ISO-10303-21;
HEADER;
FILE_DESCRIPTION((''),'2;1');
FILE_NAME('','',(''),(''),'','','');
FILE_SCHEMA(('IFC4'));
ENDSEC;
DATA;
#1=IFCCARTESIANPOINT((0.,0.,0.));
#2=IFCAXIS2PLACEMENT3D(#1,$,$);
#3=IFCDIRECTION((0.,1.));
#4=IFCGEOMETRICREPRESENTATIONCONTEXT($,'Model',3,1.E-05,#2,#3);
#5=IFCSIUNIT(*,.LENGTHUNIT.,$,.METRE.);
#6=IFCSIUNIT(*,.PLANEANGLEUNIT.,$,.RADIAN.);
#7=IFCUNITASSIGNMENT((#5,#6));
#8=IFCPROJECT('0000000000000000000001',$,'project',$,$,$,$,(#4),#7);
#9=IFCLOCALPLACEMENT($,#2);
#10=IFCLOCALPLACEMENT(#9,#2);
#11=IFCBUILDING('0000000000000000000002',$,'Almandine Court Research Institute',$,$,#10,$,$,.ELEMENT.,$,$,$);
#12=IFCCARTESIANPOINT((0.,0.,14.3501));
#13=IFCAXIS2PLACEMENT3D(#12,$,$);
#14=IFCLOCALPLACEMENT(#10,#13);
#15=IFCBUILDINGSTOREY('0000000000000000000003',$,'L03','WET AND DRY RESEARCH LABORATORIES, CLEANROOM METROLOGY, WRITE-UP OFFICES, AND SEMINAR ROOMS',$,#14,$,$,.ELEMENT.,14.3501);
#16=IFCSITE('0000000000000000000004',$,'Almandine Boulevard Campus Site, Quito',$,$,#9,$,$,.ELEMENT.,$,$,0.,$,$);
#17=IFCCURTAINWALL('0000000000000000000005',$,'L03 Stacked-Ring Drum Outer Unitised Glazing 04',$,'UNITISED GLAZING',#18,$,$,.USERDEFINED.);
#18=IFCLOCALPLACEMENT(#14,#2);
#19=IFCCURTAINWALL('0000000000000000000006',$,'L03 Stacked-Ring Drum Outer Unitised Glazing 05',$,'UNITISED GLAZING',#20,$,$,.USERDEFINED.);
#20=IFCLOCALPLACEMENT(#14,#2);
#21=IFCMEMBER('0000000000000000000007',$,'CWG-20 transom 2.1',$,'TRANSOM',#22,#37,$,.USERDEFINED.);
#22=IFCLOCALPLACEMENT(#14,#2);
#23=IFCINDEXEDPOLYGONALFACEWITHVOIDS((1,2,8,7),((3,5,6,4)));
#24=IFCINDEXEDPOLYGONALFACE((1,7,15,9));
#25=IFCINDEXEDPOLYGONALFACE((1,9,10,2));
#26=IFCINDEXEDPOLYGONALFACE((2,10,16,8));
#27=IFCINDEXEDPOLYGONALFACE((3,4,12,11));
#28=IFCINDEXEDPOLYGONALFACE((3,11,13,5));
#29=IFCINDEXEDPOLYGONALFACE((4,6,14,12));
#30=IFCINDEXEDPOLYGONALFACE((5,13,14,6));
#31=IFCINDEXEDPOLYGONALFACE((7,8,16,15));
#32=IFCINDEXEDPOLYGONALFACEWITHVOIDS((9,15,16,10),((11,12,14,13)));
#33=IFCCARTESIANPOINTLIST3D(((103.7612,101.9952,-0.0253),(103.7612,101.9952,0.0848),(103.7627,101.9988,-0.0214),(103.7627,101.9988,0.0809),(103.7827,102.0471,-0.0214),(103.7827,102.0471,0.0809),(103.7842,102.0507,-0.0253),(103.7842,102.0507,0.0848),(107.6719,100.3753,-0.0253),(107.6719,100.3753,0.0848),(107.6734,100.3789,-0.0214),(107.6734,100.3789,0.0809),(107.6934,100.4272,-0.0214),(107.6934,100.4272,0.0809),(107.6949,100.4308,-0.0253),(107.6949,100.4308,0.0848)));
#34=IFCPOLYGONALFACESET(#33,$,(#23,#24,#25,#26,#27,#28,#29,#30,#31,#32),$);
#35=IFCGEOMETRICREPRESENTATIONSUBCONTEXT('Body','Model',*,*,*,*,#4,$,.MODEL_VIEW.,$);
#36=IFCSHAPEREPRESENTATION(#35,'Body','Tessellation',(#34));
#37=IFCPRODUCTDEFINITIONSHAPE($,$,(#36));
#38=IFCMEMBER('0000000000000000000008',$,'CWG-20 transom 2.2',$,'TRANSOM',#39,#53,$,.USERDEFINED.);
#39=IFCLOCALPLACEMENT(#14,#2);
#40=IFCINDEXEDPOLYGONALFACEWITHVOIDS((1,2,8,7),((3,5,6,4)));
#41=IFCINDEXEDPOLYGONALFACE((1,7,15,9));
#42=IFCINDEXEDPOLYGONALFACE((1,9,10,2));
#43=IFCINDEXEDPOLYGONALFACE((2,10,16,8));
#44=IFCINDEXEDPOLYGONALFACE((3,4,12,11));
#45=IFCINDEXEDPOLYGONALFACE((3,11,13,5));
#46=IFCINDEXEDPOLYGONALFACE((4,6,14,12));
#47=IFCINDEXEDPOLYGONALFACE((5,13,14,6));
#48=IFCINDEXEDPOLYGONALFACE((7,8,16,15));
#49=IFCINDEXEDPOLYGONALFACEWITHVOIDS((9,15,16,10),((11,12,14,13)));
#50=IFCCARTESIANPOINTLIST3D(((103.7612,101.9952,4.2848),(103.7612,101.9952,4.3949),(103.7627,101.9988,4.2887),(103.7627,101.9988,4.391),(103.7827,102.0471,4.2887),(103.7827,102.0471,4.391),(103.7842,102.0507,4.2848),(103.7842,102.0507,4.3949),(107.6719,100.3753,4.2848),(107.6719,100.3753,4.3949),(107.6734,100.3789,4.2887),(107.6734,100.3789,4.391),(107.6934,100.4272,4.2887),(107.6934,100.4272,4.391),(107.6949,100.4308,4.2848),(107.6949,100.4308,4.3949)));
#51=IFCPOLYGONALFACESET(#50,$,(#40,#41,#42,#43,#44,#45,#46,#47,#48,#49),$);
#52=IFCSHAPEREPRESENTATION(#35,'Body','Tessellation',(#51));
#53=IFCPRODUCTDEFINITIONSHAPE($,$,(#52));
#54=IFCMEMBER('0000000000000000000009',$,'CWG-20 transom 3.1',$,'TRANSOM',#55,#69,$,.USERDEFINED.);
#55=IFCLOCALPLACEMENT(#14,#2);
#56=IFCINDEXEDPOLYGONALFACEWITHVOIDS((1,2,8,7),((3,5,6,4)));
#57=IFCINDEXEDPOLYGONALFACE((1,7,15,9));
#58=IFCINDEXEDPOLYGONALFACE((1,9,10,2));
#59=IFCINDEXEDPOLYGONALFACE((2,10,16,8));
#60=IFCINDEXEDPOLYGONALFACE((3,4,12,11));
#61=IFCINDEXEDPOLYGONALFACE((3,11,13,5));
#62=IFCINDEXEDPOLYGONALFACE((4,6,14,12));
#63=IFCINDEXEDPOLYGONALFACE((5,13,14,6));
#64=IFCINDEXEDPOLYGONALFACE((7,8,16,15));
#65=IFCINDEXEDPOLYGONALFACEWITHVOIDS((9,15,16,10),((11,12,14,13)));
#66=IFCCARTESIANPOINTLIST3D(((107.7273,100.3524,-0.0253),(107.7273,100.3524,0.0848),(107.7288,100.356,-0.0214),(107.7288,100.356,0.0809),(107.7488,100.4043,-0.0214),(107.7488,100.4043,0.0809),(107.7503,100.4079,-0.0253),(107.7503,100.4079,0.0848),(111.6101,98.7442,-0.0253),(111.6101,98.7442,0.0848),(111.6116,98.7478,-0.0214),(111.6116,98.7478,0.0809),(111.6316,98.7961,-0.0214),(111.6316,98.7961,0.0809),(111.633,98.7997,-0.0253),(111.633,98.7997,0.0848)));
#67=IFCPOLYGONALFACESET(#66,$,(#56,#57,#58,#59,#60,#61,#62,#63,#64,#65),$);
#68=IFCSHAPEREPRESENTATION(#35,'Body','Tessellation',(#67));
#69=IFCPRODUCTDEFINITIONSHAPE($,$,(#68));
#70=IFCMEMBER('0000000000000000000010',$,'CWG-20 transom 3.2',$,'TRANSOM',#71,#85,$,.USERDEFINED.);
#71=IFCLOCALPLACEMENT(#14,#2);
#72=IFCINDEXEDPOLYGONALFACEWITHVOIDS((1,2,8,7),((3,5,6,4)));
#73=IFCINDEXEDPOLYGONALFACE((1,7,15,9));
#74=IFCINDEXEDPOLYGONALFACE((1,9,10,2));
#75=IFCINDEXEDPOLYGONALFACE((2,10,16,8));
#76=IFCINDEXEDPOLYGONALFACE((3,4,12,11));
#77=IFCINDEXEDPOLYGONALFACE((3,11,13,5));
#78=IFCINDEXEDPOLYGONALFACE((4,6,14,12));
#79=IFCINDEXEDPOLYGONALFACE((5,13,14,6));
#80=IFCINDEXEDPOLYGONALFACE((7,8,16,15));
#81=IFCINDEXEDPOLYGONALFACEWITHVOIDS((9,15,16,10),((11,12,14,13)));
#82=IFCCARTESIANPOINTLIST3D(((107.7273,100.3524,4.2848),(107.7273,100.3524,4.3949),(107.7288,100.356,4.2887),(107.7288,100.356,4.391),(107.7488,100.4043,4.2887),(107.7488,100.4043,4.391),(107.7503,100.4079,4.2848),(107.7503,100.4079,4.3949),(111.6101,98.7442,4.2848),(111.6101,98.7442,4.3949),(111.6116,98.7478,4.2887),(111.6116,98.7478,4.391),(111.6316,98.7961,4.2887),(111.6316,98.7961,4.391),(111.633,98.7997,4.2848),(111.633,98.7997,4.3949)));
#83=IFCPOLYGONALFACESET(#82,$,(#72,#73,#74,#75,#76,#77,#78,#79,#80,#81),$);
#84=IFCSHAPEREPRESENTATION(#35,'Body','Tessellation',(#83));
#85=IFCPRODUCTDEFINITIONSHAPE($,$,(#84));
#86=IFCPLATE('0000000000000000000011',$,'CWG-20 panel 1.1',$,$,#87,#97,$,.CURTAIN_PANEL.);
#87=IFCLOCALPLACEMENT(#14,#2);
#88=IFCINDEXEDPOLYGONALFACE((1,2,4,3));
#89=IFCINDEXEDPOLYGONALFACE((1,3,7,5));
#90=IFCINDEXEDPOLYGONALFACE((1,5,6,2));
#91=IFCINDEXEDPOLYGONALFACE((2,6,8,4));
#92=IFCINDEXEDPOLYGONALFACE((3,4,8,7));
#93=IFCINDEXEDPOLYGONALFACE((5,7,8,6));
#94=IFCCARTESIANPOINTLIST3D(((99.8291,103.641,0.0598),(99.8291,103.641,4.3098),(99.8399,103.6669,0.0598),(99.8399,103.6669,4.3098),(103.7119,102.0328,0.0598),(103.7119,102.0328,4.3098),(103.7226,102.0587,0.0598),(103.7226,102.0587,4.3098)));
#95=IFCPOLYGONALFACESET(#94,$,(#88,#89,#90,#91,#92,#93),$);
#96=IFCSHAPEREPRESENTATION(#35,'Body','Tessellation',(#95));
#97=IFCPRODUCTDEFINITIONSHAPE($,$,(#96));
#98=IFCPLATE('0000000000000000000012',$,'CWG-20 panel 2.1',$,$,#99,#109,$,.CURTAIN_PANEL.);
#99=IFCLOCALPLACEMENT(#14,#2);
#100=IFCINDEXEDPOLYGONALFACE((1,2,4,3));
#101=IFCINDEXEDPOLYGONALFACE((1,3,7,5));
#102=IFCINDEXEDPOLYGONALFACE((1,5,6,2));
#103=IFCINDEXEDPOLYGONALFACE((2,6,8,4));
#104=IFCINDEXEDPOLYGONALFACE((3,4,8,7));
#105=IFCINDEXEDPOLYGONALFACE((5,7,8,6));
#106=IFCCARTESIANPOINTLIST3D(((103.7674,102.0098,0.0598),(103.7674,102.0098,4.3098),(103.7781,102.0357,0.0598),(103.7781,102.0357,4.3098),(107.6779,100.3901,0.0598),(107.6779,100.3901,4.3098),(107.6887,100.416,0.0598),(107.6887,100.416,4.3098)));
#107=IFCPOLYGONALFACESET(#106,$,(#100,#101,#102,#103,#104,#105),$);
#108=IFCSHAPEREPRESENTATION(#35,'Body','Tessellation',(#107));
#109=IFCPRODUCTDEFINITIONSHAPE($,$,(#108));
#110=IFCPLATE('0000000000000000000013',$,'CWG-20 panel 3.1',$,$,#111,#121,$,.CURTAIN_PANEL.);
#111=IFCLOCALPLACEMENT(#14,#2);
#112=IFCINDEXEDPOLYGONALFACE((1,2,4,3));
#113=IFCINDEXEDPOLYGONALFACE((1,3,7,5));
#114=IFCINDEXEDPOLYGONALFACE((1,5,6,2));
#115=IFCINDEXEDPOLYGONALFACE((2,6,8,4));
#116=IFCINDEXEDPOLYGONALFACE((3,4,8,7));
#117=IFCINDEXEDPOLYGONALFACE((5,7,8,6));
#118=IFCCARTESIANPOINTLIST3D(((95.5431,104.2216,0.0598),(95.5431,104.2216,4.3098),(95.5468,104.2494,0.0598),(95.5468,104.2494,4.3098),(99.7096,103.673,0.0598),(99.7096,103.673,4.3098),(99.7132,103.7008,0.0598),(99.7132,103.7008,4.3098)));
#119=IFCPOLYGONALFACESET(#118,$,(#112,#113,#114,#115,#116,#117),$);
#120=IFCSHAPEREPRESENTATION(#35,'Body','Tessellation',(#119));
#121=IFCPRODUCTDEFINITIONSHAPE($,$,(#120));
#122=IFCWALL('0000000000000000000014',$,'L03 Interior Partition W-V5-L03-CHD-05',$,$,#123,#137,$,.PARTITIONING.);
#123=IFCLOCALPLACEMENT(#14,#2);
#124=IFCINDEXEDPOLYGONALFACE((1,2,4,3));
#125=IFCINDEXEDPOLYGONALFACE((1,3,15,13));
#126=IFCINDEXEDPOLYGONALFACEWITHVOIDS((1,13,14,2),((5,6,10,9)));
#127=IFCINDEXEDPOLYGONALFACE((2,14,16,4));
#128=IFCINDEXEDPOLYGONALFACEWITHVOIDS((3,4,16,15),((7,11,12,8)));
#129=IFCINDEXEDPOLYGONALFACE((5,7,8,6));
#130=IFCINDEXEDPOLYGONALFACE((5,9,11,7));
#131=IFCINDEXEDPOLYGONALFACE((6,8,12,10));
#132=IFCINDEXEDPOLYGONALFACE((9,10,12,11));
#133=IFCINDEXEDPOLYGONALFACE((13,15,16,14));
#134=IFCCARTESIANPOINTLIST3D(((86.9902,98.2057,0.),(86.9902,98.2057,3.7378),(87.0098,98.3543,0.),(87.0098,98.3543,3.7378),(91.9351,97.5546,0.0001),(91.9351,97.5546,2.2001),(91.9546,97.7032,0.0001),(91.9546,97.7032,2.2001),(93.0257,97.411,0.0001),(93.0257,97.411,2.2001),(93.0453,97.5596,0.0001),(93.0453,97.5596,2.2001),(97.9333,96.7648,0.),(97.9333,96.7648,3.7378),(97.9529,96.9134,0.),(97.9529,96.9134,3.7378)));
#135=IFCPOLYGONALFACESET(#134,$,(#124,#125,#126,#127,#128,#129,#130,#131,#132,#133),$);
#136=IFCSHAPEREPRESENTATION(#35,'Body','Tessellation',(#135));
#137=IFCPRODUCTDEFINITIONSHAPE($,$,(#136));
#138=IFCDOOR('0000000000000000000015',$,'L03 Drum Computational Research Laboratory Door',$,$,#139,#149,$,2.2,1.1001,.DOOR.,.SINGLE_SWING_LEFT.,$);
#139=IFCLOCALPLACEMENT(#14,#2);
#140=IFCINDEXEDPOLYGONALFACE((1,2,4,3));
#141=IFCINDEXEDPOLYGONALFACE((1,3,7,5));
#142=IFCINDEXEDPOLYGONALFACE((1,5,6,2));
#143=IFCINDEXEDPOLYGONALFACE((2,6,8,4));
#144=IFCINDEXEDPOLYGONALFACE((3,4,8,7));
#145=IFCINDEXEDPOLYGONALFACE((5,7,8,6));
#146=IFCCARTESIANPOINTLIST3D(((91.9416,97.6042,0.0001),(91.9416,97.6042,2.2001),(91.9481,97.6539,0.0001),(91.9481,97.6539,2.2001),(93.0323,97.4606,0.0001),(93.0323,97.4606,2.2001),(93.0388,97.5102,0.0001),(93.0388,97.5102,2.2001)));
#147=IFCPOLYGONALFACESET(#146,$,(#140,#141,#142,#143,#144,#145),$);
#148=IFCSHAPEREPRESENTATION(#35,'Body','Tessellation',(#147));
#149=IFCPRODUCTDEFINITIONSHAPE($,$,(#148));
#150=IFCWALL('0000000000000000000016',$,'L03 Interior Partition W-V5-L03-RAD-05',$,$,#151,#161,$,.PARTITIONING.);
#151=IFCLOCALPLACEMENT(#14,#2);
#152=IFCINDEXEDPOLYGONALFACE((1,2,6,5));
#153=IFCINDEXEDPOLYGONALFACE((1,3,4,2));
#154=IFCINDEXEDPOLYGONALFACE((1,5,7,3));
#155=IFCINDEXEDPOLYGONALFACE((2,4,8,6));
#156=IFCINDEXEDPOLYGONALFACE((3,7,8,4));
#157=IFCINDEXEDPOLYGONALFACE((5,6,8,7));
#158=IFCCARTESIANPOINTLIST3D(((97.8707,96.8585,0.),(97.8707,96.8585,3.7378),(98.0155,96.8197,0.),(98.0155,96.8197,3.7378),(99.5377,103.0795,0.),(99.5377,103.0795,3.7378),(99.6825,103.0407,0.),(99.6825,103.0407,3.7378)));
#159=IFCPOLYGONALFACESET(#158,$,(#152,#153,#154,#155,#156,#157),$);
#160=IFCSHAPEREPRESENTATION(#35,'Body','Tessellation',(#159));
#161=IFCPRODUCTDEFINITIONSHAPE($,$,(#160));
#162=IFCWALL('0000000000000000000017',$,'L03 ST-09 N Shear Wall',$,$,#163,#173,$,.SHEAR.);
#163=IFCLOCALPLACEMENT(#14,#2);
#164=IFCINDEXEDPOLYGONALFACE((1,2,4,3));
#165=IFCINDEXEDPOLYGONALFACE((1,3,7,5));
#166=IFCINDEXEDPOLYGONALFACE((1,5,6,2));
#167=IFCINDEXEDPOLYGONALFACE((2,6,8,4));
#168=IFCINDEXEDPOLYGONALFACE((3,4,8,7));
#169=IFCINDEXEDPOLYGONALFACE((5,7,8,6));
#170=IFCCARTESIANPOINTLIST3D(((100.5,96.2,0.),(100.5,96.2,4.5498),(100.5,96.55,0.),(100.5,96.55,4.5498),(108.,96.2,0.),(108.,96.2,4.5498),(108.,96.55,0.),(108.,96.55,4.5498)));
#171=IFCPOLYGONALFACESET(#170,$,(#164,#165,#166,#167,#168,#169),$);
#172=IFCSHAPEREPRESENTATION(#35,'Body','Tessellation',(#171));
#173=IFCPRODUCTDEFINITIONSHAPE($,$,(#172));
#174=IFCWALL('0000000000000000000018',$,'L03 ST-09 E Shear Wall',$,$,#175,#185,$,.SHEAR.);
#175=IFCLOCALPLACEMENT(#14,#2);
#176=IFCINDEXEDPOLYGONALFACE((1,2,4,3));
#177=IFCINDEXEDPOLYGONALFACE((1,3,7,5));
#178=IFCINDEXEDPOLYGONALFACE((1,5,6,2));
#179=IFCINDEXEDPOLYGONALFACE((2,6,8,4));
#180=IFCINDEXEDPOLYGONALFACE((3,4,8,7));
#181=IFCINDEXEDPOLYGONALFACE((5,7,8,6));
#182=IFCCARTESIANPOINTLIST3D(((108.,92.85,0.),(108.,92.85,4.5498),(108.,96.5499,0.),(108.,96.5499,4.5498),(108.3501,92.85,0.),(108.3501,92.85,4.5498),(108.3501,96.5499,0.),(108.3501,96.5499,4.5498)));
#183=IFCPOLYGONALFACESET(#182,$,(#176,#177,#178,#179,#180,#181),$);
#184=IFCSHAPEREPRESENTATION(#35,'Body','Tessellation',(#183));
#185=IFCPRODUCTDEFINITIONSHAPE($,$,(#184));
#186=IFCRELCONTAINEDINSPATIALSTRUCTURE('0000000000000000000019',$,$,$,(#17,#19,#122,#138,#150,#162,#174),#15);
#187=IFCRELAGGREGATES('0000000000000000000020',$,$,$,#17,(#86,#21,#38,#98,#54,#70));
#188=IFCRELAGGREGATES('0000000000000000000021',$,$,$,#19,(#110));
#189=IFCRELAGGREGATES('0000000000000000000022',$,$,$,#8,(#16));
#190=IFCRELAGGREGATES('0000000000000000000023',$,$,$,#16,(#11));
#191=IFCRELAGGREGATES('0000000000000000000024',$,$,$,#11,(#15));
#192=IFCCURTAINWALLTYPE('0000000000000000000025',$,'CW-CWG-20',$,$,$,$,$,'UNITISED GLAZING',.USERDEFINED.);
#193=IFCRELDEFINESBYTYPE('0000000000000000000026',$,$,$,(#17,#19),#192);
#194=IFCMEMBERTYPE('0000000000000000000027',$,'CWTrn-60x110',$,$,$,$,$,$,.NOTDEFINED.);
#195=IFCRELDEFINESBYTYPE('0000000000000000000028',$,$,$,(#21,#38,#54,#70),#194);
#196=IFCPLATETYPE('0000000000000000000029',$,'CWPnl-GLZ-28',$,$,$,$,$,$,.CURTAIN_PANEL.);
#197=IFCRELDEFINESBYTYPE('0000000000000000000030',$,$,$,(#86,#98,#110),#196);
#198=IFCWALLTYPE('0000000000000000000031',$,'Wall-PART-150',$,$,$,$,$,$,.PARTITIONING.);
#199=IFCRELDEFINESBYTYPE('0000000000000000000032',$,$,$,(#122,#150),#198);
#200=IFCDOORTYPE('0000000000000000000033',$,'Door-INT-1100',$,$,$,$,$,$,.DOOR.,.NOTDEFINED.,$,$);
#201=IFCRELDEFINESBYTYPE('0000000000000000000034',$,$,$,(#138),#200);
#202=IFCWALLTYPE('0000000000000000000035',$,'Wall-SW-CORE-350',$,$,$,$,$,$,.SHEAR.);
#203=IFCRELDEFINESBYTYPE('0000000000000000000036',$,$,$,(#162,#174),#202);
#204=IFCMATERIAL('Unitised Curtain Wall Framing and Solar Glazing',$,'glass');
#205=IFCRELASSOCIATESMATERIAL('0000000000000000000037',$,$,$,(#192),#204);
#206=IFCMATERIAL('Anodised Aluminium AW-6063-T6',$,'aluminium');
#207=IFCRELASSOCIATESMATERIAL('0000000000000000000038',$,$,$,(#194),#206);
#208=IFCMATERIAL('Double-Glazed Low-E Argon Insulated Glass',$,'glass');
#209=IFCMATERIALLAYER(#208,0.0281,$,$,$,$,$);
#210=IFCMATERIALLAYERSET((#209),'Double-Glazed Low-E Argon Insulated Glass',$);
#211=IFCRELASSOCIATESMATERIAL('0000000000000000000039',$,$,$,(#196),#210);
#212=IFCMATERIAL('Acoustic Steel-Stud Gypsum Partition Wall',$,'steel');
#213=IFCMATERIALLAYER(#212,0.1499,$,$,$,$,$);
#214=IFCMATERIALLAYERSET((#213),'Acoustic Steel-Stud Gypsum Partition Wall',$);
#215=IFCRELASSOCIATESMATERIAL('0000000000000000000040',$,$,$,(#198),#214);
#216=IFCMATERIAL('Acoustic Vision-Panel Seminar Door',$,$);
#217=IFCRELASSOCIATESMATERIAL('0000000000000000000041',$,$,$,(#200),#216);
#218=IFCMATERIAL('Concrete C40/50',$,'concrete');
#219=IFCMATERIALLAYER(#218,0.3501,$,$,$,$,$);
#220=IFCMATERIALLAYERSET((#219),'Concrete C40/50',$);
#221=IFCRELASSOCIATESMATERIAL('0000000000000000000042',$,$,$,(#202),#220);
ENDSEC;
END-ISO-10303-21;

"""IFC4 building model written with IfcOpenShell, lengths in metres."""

from ifc_helpers import new_model, si_unit, direction, frame, frame_2d, origin, origin_2d, place, context, subcontext, project, spatial, rectangle, hollow_rectangle, extrude, material, layer, layer_set, material_profile, profile_set, type_object, element, fill, aggregate, save


model = new_model("IFC4")

# Units and contexts
model_context = context("Model", 3, precision=1e-05, world=origin(), true_north=direction((0.0, 1.0)))
body_context = subcontext(model_context, "Body", "Model", "MODEL_VIEW")
ifc_project = project(units=[si_unit("LENGTHUNIT", "METRE"), si_unit("PLANEANGLEUNIT", "RADIAN")], contexts=[model_context])

# Site, building, storey
site_placement = place(None, origin())
site = spatial("IfcSite", under=ifc_project, at=site_placement, Name="Almandine Boulevard Campus Site, Quito", CompositionType="ELEMENT", RefElevation=0.0)
building_placement = place(site_placement, origin())
building = spatial("IfcBuilding", under=site, at=building_placement, Name="Almandine Court Research Institute", CompositionType="ELEMENT")
storey_placement = place(building_placement, frame((0.0, 0.0, 14.3501)))
storey = spatial("IfcBuildingStorey", under=building, at=storey_placement, Name="L03", Description="WET AND DRY RESEARCH LABORATORIES, CLEANROOM METROLOGY, WRITE-UP OFFICES, AND SEMINAR ROOMS", CompositionType="ELEMENT", Elevation=14.3501)

# Curtain wall
ifc_material_1 = material(Name="Unitised Curtain Wall Framing and Solar Glazing", Category="glass")
curtain_wall_type = type_object("IfcCurtainWallType", Name="CW-CWG-20", ElementType="UNITISED GLAZING", PredefinedType="USERDEFINED", material=ifc_material_1)
curtain_wall_1_placement = place(storey_placement, origin())
curtain_wall_1 = element("IfcCurtainWall", 1, at=curtain_wall_1_placement, inside=storey, type_object=curtain_wall_type, Name="L03 Stacked-Ring Drum Outer Unitised Glazing 04", ObjectType="UNITISED GLAZING", PredefinedType="USERDEFINED")
ifc_material_2 = material(Name="Anodised Aluminium AW-6063-T6", Category="aluminium")

# Curtain wall
curtain_wall_2_placement = place(storey_placement, origin())
curtain_wall_2 = element("IfcCurtainWall", 2, at=curtain_wall_2_placement, inside=storey, type_object=curtain_wall_type, Name="L03 Stacked-Ring Drum Outer Unitised Glazing 05", ObjectType="UNITISED GLAZING", PredefinedType="USERDEFINED")

# Members
ifc_material_profile_1 = material_profile(ifc_material_2, hollow_rectangle(XDim=0.0601, YDim=0.1101, WallThickness=0.0039, at=origin_2d()), Name="ALU RHS 60x110x4")
ifc_profile_set_1 = profile_set([ifc_material_profile_1], Name="Anodised Aluminium AW-6063-T6")
member_type_1 = type_object("IfcMemberType", Name="CWTrn-60x110", PredefinedType="NOTDEFINED", material=ifc_profile_set_1)
member_1_placement = place(storey_placement, frame((103.7727, 102.0229, 0.0298), z_axis=(0.923877, -0.38269, 0.0), x_axis=(0.38269, 0.923877, 0.0)))
member_1 = element("IfcMember", 3, at=member_1_placement, type_object=member_type_1, Name="CWG-20 transom 2.1", ObjectType="TRANSOM", PredefinedType="USERDEFINED", context=body_context, shape_type="SweptSolid", body=[
    extrude(hollow_rectangle(XDim=0.0601, YDim=0.1101, WallThickness=0.0039, at=origin_2d()), origin(), (0.0, 0.0, 1.0), 4.2329),
])
member_2_placement = place(storey_placement, frame((103.7727, 102.0229, 4.3398), z_axis=(0.923877, -0.38269, 0.0), x_axis=(0.38269, 0.923877, 0.0)))
member_2 = element("IfcMember", 4, at=member_2_placement, type_object=member_type_1, Name="CWG-20 transom 2.2", ObjectType="TRANSOM", PredefinedType="USERDEFINED", context=body_context, shape_type="SweptSolid", body=[
    extrude(hollow_rectangle(XDim=0.0601, YDim=0.1101, WallThickness=0.0039, at=origin_2d()), origin(), (0.0, 0.0, 1.0), 4.2329),
])
member_3_placement = place(storey_placement, frame((107.7388, 100.3801, 0.0298), z_axis=(0.923893, -0.382651, 0.0), x_axis=(0.382651, 0.923893, 0.0)))
member_3 = element("IfcMember", 5, at=member_3_placement, type_object=member_type_1, Name="CWG-20 transom 3.1", ObjectType="TRANSOM", PredefinedType="USERDEFINED", context=body_context, shape_type="SweptSolid", body=[
    extrude(hollow_rectangle(XDim=0.0601, YDim=0.1101, WallThickness=0.0039, at=origin_2d()), origin(), (0.0, 0.0, 1.0), 4.2026),
])
member_4_placement = place(storey_placement, frame((107.7388, 100.3801, 4.3398), z_axis=(0.923893, -0.382651, 0.0), x_axis=(0.382651, 0.923893, 0.0)))
member_4 = element("IfcMember", 6, at=member_4_placement, type_object=member_type_1, Name="CWG-20 transom 3.2", ObjectType="TRANSOM", PredefinedType="USERDEFINED", context=body_context, shape_type="SweptSolid", body=[
    extrude(hollow_rectangle(XDim=0.0601, YDim=0.1101, WallThickness=0.0039, at=origin_2d()), origin(), (0.0, 0.0, 1.0), 4.2026),
])

# Plates
ifc_material_3 = material(Name="Double-Glazed Low-E Argon Insulated Glass", Category="glass")
ifc_layer_1 = layer(ifc_material_3, 0.0281)
ifc_layer_set_1 = layer_set([ifc_layer_1], Name="Double-Glazed Low-E Argon Insulated Glass")
plate_type = type_object("IfcPlateType", Name="CWPnl-GLZ-28", PredefinedType="CURTAIN_PANEL", material=ifc_layer_set_1)
plate_1_placement = place(storey_placement, frame((101.7759, 102.8499, 0.0598), z_axis=(0.0, 0.0, 1.0), x_axis=(0.923888, -0.382663, 0.0)))
plate_1 = element("IfcPlate", 7, at=plate_1_placement, type_object=plate_type, Name="CWG-20 panel 1.1", PredefinedType="CURTAIN_PANEL", context=body_context, shape_type="SweptSolid", body=[
    extrude(rectangle(XDim=4.2026, YDim=0.0281, at=origin_2d()), origin(), (0.0, 0.0, 1.0), 4.25),
])
plate_2_placement = place(storey_placement, frame((105.728, 101.2129, 0.0598), z_axis=(0.0, 0.0, 1.0), x_axis=(0.923888, -0.382663, 0.0)))
plate_2 = element("IfcPlate", 8, at=plate_2_placement, type_object=plate_type, Name="CWG-20 panel 2.1", PredefinedType="CURTAIN_PANEL", context=body_context, shape_type="SweptSolid", body=[
    extrude(rectangle(XDim=4.2327, YDim=0.0281, at=origin_2d()), origin(), (0.0, 0.0, 1.0), 4.25),
])
aggregate(curtain_wall_1, [plate_1, member_1, member_2, plate_2, member_3, member_4])
plate_3_placement = place(storey_placement, frame((97.6282, 103.9612, 0.0598), z_axis=(0.0, 0.0, 1.0), x_axis=(0.991443, -0.130541, 0.0)))
plate_3 = element("IfcPlate", 9, at=plate_3_placement, type_object=plate_type, Name="CWG-20 panel 3.1", PredefinedType="CURTAIN_PANEL", context=body_context, shape_type="SweptSolid", body=[
    extrude(rectangle(XDim=4.2024, YDim=0.0281, at=origin_2d()), origin(), (0.0, 0.0, 1.0), 4.25),
])
aggregate(curtain_wall_2, [plate_3])

# Wall, opening, door
ifc_material_4 = material(Name="Acoustic Steel-Stud Gypsum Partition Wall", Category="steel")
ifc_layer_2 = layer(ifc_material_4, 0.1499)
ifc_layer_set_2 = layer_set([ifc_layer_2], Name="Acoustic Steel-Stud Gypsum Partition Wall")
wall_type_1 = type_object("IfcWallType", Name="Wall-PART-150", PredefinedType="PARTITIONING", material=ifc_layer_set_2)
wall_1_placement = place(storey_placement, frame((97.9431, 96.8391, 0.0), z_axis=(0.0, 0.0, 1.0), x_axis=(-0.991442, 0.130547, 0.0)))
wall_1 = element("IfcWall", 10, at=wall_1_placement, inside=storey, type_object=wall_type_1, Name="L03 Interior Partition W-V5-L03-CHD-05", PredefinedType="PARTITIONING", context=body_context, shape_type="SweptSolid", body=[
    extrude(rectangle(XDim=11.0376, YDim=0.1499, at=frame_2d((5.5188, 0.0))), origin(), (0.0, 0.0, 1.0), 3.7378),
])
opening_placement = place(wall_1_placement, frame((4.95, 0.0, 0.0)))
opening = element("IfcOpeningElement", 11, at=opening_placement, cuts=wall_1, PredefinedType="OPENING", context=body_context, shape_type="SweptSolid", body=[
    extrude(rectangle(XDim=1.1001, YDim=2.2, at=frame_2d((0.55, 1.1001))), frame((0.0, 0.085, 0.0), z_axis=(0.0, -1.0, 0.0), x_axis=(1.0, 0.0, 0.0)), (0.0, 0.0, 1.0), 0.1699),
])
ifc_material_5 = material(Name="Acoustic Vision-Panel Seminar Door")
door_type = type_object("IfcDoorType", Name="Door-INT-1100", OperationType="NOTDEFINED", PredefinedType="DOOR", material=ifc_material_5)
door_placement = place(opening_placement, origin())
door = element("IfcDoor", 12, at=door_placement, inside=storey, type_object=door_type, Name="L03 Drum Computational Research Laboratory Door", OperationType="SINGLE_SWING_LEFT", OverallHeight=2.2, OverallWidth=1.1001, PredefinedType="DOOR", context=body_context, shape_type="SweptSolid", body=[
    extrude(rectangle(XDim=1.1001, YDim=2.2, at=frame_2d((0.55, 1.1001))), frame((0.0, 0.0249, 0.0), z_axis=(0.0, -1.0, 0.0), x_axis=(1.0, 0.0, 0.0)), (0.0, 0.0, 1.0), 0.05),
])
fill(opening, door)

# Walls
wall_2_placement = place(storey_placement, frame((97.9431, 96.8391, 0.0), z_axis=(0.0, 0.0, 1.0), x_axis=(0.258833, 0.965922, 0.0)))
element("IfcWall", 13, at=wall_2_placement, inside=storey, type_object=wall_type_1, Name="L03 Interior Partition W-V5-L03-RAD-05", PredefinedType="PARTITIONING", context=body_context, shape_type="SweptSolid", body=[
    extrude(rectangle(XDim=6.4404, YDim=0.1499, at=frame_2d((3.2202, 0.0))), origin(), (0.0, 0.0, 1.0), 3.7378),
])
ifc_material_6 = material(Name="Concrete C40/50", Category="concrete")
ifc_layer_3 = layer(ifc_material_6, 0.3501)
ifc_layer_set_3 = layer_set([ifc_layer_3], Name="Concrete C40/50")
wall_type_2 = type_object("IfcWallType", Name="Wall-SW-CORE-350", PredefinedType="SHEAR", material=ifc_layer_set_3)
wall_3_placement = place(storey_placement, frame((100.5, 96.375, 0.0), z_axis=(0.0, 0.0, 1.0), x_axis=(1.0, 0.0, 0.0)))
element("IfcWall", 14, at=wall_3_placement, inside=storey, type_object=wall_type_2, Name="L03 ST-09 N Shear Wall", PredefinedType="SHEAR", context=body_context, shape_type="SweptSolid", body=[
    extrude(rectangle(XDim=7.5, YDim=0.3501, at=frame_2d((3.75, 0.0))), origin(), (0.0, 0.0, 1.0), 4.5498),
])
wall_4_placement = place(storey_placement, frame((108.175, 96.55, 0.0), z_axis=(0.0, 0.0, 1.0), x_axis=(0.0, -1.0, 0.0)))
element("IfcWall", 15, at=wall_4_placement, inside=storey, type_object=wall_type_2, Name="L03 ST-09 E Shear Wall", PredefinedType="SHEAR", context=body_context, shape_type="SweptSolid", body=[
    extrude(rectangle(XDim=3.7, YDim=0.3501, at=frame_2d((1.8501, 0.0))), origin(), (0.0, 0.0, 1.0), 4.5498),
])

save(model, "model.ifc")
